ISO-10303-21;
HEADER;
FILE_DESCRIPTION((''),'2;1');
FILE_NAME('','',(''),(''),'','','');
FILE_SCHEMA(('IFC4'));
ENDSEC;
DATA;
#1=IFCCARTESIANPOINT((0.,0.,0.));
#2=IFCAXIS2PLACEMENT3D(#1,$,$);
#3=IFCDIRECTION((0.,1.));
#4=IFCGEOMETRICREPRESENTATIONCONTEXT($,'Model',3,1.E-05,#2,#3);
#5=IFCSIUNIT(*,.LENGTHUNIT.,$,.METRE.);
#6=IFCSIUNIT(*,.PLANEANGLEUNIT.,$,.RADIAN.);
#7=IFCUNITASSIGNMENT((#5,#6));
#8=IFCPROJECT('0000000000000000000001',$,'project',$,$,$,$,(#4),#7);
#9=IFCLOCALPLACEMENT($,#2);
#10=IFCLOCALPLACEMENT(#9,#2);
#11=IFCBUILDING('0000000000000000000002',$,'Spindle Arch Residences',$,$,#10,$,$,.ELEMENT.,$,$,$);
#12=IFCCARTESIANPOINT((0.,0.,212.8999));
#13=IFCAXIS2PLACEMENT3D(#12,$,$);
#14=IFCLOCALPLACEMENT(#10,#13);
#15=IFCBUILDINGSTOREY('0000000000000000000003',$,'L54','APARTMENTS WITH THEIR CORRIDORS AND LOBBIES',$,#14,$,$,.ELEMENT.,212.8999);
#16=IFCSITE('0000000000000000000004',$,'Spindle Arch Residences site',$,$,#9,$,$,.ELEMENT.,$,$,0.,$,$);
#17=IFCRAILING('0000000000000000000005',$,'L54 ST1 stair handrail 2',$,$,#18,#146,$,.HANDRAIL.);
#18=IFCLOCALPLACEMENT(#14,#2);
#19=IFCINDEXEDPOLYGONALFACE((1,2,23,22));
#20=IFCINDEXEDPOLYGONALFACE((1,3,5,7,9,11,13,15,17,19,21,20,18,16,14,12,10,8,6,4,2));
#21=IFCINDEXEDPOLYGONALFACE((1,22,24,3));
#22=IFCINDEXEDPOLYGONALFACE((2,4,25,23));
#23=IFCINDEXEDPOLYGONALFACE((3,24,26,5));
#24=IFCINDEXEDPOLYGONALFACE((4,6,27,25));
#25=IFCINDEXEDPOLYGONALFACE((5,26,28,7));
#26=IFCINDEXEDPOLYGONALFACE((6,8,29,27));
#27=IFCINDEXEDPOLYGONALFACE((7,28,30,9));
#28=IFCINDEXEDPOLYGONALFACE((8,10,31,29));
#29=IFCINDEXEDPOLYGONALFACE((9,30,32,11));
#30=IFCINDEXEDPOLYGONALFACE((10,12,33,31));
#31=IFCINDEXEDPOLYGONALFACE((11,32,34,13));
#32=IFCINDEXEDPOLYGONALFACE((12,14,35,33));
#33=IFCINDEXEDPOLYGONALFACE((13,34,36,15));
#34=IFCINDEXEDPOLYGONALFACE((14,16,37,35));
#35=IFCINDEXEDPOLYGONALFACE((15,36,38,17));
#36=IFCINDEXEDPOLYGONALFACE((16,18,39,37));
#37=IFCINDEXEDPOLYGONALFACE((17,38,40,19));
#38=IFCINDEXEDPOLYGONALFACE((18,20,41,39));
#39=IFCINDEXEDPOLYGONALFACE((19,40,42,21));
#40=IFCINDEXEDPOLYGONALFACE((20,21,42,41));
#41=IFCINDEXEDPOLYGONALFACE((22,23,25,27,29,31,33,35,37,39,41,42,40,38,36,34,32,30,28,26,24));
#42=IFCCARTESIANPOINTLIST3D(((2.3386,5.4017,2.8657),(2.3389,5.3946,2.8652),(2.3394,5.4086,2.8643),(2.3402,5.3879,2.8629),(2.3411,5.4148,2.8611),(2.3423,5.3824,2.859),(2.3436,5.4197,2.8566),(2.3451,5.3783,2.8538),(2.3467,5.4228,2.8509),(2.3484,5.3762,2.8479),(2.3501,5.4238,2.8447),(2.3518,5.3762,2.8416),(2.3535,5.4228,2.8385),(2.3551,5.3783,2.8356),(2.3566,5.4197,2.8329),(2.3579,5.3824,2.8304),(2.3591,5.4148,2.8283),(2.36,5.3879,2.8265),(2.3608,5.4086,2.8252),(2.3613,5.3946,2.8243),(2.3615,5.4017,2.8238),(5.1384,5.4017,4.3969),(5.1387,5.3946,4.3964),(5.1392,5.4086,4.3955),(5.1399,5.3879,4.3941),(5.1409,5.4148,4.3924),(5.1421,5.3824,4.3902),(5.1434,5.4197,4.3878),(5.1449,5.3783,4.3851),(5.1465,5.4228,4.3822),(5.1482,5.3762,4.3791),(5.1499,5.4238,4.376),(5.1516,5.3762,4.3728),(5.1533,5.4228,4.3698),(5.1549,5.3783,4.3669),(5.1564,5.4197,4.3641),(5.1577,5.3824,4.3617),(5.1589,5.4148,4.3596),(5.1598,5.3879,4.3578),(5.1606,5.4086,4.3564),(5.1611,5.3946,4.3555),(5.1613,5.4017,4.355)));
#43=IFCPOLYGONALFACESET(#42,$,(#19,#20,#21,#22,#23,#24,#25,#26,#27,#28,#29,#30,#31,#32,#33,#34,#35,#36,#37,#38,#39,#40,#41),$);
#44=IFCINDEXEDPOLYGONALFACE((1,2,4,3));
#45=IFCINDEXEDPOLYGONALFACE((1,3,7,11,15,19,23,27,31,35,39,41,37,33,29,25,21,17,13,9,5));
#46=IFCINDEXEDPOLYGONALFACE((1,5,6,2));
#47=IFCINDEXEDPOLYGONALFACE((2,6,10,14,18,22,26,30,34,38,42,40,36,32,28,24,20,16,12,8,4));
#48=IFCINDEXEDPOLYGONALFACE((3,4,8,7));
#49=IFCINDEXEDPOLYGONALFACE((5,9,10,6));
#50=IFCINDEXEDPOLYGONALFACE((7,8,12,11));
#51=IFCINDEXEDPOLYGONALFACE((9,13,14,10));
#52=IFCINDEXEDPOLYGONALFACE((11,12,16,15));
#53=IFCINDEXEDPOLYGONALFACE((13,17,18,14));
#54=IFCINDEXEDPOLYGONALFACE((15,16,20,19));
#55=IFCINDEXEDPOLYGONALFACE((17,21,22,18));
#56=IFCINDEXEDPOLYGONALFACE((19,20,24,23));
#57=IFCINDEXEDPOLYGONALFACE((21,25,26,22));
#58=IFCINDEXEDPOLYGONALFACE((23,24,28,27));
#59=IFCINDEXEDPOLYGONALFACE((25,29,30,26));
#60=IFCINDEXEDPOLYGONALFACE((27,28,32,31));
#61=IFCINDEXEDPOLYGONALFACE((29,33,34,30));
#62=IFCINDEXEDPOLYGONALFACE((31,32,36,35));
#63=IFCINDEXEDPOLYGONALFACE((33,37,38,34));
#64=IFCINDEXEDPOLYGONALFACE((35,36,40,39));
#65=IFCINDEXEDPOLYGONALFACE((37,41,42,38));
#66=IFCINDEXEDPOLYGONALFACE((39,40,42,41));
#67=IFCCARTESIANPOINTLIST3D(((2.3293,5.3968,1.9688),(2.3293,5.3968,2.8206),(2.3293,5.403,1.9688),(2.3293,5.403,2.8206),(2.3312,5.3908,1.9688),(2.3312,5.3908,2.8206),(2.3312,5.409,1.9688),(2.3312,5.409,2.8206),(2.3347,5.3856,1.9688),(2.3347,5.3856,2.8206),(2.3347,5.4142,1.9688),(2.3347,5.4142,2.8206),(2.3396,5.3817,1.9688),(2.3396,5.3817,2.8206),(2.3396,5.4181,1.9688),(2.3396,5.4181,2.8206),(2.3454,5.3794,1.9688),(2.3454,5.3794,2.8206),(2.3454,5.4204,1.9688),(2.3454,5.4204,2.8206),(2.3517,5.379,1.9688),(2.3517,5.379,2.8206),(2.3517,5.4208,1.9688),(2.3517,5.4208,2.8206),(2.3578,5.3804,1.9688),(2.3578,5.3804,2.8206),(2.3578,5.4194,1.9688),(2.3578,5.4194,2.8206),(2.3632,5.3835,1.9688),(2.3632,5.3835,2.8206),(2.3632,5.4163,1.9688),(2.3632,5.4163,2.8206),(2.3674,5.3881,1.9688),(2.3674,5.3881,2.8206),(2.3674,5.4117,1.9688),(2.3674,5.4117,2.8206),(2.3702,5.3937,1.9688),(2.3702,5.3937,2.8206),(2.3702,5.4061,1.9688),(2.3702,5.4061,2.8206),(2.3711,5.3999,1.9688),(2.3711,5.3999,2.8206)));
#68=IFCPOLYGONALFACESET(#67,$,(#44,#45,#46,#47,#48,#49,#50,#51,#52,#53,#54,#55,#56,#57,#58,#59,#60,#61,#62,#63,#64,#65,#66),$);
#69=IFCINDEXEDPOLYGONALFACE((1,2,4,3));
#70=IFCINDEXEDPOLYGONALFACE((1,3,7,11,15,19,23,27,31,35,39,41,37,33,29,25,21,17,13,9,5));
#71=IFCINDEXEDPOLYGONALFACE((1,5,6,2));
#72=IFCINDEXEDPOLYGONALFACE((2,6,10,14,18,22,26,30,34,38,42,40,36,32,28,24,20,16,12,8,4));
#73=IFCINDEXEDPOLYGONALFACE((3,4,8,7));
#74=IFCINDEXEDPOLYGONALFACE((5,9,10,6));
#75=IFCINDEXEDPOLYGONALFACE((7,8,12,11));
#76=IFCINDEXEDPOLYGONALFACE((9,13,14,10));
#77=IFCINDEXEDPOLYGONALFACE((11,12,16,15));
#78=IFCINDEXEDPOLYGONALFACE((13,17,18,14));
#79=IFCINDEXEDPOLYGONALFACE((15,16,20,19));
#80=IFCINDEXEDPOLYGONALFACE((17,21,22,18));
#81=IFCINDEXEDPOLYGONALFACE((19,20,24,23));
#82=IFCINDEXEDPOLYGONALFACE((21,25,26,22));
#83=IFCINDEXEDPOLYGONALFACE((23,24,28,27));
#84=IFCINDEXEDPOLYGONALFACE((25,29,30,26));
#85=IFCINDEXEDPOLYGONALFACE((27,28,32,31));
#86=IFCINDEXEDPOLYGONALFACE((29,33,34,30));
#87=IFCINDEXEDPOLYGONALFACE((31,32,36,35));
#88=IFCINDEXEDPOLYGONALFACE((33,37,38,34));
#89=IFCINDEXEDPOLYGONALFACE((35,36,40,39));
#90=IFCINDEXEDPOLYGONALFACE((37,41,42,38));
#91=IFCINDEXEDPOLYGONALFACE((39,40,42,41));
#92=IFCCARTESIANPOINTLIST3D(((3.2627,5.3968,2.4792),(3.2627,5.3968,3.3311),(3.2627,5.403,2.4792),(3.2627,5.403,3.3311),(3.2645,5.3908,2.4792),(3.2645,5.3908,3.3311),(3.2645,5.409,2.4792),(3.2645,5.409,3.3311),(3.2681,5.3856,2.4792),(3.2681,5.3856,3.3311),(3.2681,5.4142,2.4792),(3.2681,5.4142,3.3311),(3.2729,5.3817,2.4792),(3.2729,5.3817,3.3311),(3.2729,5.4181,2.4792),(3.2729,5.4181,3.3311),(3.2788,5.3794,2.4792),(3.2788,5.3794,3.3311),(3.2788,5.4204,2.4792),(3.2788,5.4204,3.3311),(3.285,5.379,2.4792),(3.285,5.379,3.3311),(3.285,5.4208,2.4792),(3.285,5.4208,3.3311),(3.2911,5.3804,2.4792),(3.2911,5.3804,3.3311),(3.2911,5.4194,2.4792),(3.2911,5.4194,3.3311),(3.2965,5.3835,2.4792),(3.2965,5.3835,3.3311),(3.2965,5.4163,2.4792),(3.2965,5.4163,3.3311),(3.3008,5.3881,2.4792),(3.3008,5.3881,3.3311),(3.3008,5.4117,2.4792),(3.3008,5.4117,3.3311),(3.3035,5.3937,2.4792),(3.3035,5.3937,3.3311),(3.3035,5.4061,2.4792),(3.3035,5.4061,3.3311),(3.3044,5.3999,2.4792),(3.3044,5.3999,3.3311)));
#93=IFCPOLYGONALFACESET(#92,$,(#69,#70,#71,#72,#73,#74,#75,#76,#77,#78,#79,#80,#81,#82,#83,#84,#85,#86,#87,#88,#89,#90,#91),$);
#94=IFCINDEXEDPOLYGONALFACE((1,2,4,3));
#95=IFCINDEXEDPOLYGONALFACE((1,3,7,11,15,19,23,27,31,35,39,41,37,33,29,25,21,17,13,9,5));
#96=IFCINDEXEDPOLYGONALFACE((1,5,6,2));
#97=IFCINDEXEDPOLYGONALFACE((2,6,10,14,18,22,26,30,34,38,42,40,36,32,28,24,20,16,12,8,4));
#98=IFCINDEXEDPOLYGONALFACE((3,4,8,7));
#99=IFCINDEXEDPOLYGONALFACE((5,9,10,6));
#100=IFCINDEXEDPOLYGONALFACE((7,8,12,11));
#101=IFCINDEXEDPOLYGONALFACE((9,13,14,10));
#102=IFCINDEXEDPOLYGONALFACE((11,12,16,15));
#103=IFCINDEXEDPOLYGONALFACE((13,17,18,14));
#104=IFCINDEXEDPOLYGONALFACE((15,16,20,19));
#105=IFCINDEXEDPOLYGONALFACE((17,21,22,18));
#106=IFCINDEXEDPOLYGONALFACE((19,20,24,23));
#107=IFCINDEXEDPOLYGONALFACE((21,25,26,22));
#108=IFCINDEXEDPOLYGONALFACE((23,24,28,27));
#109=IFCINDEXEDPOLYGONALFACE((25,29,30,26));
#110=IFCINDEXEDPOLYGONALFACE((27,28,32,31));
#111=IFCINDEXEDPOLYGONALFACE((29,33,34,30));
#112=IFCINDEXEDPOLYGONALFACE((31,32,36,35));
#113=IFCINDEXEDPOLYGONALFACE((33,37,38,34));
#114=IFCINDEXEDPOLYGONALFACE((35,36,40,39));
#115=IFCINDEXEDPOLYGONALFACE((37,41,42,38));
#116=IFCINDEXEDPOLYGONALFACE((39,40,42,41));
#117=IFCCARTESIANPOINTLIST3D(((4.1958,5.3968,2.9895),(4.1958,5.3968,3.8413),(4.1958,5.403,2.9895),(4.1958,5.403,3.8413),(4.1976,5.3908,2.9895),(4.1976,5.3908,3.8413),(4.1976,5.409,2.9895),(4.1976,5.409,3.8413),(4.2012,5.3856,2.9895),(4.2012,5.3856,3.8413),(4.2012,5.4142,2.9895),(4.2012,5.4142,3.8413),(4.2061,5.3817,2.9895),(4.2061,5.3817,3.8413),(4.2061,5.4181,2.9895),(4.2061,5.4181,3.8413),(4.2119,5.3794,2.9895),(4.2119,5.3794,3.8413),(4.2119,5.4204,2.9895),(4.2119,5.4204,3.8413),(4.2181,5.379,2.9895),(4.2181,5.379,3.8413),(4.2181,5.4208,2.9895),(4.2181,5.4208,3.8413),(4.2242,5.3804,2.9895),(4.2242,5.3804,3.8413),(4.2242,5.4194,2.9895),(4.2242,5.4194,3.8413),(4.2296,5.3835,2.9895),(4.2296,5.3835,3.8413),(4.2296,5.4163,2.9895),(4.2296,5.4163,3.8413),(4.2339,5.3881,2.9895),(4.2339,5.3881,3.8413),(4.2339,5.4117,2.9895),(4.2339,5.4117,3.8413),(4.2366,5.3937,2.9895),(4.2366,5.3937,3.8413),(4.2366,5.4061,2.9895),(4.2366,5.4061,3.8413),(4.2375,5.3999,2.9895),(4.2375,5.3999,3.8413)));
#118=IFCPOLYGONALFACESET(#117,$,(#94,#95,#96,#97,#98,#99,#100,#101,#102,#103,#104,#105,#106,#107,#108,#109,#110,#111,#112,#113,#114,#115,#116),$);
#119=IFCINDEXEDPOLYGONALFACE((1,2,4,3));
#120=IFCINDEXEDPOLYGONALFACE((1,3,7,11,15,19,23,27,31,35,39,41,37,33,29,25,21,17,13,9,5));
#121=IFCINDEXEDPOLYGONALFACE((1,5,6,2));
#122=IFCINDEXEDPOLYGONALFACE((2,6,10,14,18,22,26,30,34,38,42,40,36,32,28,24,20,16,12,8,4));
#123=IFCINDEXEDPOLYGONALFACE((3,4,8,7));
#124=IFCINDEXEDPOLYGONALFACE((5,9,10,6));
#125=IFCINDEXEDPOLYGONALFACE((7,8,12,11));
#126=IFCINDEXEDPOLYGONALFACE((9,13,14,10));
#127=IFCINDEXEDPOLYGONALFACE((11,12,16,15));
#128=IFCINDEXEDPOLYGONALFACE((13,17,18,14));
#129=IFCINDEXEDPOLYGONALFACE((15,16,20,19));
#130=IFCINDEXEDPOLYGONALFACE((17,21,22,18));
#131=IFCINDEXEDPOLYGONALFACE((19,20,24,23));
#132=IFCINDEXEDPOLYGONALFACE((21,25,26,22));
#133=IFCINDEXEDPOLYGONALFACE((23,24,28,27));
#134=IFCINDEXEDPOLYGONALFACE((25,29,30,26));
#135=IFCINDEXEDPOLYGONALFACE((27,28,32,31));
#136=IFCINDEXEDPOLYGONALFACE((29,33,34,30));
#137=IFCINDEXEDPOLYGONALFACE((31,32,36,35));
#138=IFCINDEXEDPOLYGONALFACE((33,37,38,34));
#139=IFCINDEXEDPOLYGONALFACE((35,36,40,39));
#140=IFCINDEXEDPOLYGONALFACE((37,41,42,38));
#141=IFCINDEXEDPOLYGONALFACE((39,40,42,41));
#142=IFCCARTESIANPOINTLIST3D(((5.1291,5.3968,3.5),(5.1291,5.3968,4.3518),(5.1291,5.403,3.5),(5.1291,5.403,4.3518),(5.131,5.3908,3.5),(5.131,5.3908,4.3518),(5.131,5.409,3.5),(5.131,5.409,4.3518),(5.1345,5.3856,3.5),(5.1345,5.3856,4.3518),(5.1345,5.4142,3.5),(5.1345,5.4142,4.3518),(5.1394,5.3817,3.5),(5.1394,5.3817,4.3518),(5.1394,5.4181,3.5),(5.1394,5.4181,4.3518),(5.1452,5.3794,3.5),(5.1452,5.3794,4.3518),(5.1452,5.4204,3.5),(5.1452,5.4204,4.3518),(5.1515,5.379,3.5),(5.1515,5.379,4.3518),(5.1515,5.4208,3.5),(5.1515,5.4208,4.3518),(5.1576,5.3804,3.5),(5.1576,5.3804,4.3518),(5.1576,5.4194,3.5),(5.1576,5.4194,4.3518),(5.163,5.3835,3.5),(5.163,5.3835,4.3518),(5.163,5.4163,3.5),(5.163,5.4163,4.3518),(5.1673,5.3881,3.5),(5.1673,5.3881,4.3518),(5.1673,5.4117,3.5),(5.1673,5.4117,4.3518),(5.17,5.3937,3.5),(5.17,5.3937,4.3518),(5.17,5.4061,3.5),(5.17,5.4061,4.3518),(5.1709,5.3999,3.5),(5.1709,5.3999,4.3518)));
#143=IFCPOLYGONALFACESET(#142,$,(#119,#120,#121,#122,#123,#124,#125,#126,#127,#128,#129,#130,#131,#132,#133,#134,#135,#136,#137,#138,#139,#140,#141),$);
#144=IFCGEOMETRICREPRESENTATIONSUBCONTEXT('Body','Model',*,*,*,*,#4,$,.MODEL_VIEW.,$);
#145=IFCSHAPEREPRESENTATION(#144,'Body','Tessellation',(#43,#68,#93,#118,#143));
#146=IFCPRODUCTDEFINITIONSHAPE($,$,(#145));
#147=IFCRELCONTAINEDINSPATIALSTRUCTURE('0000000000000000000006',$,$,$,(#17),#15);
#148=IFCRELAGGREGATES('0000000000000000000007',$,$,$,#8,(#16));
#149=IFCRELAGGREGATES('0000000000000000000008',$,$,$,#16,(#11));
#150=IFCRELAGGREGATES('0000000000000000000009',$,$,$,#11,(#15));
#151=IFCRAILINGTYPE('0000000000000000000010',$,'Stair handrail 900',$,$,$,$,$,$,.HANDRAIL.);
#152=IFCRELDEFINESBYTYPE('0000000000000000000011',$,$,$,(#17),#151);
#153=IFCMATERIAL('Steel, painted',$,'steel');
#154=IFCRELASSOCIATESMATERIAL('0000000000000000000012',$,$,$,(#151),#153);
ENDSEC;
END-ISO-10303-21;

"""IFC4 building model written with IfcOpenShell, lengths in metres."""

from ifc_helpers import new_model, si_unit, direction, frame, origin, origin_2d, place, context, subcontext, project, spatial, circle, extrude, material, type_object, element, save


model = new_model("IFC4")

# Units and contexts
model_context = context("Model", 3, precision=1e-05, world=origin(), true_north=direction((0.0, 1.0)))
body_context = subcontext(model_context, "Body", "Model", "MODEL_VIEW")
ifc_project = project(units=[si_unit("LENGTHUNIT", "METRE"), si_unit("PLANEANGLEUNIT", "RADIAN")], contexts=[model_context])

# Site, building, storey
site_placement = place(None, origin())
site = spatial("IfcSite", under=ifc_project, at=site_placement, Name="Spindle Arch Residences site", CompositionType="ELEMENT", RefElevation=0.0)
building_placement = place(site_placement, origin())
building = spatial("IfcBuilding", under=site, at=building_placement, Name="Spindle Arch Residences", CompositionType="ELEMENT")
storey_placement = place(building_placement, frame((0.0, 0.0, 212.8999)))
storey = spatial("IfcBuildingStorey", under=building, at=storey_placement, Name="L54", Description="APARTMENTS WITH THEIR CORRIDORS AND LOBBIES", CompositionType="ELEMENT", Elevation=212.8999)

# Railing
ifc_material_1 = material(Name="Steel, painted", Category="steel")
railing_type_1 = type_object("IfcRailingType", Name="Stair handrail 900", PredefinedType="HANDRAIL", material=ifc_material_1)
railing_1_placement = place(storey_placement, frame((2.3501, 5.3999, 1.9688)))
element("IfcRailing", 1, at=railing_1_placement, inside=storey, type_object=railing_type_1, Name="L54 ST1 stair handrail 2", PredefinedType="HANDRAIL", context=body_context, shape_type="SweptSolid", body=[
    extrude(circle(Radius=0.0239, at=origin_2d()), frame((0.0, 0.0, 0.876), z_axis=(0.877357, 0.0, 0.479838), x_axis=(0.0, 1.0, 0.0)), (0.0, 0.0, 1.0), 3.1912),
    extrude(circle(Radius=0.021, at=origin_2d()), origin(), (0.0, 0.0, 1.0), 0.8518),
    extrude(circle(Radius=0.021, at=origin_2d()), frame((0.9333, 0.0, 0.5105)), (0.0, 0.0, 1.0), 0.8518),
    extrude(circle(Radius=0.021, at=origin_2d()), frame((1.8665, 0.0, 1.0208)), (0.0, 0.0, 1.0), 0.8518),
    extrude(circle(Radius=0.021, at=origin_2d()), frame((2.7998, 0.0, 1.5312)), (0.0, 0.0, 1.0), 0.8518),
])

save(model, "model.ifc")
